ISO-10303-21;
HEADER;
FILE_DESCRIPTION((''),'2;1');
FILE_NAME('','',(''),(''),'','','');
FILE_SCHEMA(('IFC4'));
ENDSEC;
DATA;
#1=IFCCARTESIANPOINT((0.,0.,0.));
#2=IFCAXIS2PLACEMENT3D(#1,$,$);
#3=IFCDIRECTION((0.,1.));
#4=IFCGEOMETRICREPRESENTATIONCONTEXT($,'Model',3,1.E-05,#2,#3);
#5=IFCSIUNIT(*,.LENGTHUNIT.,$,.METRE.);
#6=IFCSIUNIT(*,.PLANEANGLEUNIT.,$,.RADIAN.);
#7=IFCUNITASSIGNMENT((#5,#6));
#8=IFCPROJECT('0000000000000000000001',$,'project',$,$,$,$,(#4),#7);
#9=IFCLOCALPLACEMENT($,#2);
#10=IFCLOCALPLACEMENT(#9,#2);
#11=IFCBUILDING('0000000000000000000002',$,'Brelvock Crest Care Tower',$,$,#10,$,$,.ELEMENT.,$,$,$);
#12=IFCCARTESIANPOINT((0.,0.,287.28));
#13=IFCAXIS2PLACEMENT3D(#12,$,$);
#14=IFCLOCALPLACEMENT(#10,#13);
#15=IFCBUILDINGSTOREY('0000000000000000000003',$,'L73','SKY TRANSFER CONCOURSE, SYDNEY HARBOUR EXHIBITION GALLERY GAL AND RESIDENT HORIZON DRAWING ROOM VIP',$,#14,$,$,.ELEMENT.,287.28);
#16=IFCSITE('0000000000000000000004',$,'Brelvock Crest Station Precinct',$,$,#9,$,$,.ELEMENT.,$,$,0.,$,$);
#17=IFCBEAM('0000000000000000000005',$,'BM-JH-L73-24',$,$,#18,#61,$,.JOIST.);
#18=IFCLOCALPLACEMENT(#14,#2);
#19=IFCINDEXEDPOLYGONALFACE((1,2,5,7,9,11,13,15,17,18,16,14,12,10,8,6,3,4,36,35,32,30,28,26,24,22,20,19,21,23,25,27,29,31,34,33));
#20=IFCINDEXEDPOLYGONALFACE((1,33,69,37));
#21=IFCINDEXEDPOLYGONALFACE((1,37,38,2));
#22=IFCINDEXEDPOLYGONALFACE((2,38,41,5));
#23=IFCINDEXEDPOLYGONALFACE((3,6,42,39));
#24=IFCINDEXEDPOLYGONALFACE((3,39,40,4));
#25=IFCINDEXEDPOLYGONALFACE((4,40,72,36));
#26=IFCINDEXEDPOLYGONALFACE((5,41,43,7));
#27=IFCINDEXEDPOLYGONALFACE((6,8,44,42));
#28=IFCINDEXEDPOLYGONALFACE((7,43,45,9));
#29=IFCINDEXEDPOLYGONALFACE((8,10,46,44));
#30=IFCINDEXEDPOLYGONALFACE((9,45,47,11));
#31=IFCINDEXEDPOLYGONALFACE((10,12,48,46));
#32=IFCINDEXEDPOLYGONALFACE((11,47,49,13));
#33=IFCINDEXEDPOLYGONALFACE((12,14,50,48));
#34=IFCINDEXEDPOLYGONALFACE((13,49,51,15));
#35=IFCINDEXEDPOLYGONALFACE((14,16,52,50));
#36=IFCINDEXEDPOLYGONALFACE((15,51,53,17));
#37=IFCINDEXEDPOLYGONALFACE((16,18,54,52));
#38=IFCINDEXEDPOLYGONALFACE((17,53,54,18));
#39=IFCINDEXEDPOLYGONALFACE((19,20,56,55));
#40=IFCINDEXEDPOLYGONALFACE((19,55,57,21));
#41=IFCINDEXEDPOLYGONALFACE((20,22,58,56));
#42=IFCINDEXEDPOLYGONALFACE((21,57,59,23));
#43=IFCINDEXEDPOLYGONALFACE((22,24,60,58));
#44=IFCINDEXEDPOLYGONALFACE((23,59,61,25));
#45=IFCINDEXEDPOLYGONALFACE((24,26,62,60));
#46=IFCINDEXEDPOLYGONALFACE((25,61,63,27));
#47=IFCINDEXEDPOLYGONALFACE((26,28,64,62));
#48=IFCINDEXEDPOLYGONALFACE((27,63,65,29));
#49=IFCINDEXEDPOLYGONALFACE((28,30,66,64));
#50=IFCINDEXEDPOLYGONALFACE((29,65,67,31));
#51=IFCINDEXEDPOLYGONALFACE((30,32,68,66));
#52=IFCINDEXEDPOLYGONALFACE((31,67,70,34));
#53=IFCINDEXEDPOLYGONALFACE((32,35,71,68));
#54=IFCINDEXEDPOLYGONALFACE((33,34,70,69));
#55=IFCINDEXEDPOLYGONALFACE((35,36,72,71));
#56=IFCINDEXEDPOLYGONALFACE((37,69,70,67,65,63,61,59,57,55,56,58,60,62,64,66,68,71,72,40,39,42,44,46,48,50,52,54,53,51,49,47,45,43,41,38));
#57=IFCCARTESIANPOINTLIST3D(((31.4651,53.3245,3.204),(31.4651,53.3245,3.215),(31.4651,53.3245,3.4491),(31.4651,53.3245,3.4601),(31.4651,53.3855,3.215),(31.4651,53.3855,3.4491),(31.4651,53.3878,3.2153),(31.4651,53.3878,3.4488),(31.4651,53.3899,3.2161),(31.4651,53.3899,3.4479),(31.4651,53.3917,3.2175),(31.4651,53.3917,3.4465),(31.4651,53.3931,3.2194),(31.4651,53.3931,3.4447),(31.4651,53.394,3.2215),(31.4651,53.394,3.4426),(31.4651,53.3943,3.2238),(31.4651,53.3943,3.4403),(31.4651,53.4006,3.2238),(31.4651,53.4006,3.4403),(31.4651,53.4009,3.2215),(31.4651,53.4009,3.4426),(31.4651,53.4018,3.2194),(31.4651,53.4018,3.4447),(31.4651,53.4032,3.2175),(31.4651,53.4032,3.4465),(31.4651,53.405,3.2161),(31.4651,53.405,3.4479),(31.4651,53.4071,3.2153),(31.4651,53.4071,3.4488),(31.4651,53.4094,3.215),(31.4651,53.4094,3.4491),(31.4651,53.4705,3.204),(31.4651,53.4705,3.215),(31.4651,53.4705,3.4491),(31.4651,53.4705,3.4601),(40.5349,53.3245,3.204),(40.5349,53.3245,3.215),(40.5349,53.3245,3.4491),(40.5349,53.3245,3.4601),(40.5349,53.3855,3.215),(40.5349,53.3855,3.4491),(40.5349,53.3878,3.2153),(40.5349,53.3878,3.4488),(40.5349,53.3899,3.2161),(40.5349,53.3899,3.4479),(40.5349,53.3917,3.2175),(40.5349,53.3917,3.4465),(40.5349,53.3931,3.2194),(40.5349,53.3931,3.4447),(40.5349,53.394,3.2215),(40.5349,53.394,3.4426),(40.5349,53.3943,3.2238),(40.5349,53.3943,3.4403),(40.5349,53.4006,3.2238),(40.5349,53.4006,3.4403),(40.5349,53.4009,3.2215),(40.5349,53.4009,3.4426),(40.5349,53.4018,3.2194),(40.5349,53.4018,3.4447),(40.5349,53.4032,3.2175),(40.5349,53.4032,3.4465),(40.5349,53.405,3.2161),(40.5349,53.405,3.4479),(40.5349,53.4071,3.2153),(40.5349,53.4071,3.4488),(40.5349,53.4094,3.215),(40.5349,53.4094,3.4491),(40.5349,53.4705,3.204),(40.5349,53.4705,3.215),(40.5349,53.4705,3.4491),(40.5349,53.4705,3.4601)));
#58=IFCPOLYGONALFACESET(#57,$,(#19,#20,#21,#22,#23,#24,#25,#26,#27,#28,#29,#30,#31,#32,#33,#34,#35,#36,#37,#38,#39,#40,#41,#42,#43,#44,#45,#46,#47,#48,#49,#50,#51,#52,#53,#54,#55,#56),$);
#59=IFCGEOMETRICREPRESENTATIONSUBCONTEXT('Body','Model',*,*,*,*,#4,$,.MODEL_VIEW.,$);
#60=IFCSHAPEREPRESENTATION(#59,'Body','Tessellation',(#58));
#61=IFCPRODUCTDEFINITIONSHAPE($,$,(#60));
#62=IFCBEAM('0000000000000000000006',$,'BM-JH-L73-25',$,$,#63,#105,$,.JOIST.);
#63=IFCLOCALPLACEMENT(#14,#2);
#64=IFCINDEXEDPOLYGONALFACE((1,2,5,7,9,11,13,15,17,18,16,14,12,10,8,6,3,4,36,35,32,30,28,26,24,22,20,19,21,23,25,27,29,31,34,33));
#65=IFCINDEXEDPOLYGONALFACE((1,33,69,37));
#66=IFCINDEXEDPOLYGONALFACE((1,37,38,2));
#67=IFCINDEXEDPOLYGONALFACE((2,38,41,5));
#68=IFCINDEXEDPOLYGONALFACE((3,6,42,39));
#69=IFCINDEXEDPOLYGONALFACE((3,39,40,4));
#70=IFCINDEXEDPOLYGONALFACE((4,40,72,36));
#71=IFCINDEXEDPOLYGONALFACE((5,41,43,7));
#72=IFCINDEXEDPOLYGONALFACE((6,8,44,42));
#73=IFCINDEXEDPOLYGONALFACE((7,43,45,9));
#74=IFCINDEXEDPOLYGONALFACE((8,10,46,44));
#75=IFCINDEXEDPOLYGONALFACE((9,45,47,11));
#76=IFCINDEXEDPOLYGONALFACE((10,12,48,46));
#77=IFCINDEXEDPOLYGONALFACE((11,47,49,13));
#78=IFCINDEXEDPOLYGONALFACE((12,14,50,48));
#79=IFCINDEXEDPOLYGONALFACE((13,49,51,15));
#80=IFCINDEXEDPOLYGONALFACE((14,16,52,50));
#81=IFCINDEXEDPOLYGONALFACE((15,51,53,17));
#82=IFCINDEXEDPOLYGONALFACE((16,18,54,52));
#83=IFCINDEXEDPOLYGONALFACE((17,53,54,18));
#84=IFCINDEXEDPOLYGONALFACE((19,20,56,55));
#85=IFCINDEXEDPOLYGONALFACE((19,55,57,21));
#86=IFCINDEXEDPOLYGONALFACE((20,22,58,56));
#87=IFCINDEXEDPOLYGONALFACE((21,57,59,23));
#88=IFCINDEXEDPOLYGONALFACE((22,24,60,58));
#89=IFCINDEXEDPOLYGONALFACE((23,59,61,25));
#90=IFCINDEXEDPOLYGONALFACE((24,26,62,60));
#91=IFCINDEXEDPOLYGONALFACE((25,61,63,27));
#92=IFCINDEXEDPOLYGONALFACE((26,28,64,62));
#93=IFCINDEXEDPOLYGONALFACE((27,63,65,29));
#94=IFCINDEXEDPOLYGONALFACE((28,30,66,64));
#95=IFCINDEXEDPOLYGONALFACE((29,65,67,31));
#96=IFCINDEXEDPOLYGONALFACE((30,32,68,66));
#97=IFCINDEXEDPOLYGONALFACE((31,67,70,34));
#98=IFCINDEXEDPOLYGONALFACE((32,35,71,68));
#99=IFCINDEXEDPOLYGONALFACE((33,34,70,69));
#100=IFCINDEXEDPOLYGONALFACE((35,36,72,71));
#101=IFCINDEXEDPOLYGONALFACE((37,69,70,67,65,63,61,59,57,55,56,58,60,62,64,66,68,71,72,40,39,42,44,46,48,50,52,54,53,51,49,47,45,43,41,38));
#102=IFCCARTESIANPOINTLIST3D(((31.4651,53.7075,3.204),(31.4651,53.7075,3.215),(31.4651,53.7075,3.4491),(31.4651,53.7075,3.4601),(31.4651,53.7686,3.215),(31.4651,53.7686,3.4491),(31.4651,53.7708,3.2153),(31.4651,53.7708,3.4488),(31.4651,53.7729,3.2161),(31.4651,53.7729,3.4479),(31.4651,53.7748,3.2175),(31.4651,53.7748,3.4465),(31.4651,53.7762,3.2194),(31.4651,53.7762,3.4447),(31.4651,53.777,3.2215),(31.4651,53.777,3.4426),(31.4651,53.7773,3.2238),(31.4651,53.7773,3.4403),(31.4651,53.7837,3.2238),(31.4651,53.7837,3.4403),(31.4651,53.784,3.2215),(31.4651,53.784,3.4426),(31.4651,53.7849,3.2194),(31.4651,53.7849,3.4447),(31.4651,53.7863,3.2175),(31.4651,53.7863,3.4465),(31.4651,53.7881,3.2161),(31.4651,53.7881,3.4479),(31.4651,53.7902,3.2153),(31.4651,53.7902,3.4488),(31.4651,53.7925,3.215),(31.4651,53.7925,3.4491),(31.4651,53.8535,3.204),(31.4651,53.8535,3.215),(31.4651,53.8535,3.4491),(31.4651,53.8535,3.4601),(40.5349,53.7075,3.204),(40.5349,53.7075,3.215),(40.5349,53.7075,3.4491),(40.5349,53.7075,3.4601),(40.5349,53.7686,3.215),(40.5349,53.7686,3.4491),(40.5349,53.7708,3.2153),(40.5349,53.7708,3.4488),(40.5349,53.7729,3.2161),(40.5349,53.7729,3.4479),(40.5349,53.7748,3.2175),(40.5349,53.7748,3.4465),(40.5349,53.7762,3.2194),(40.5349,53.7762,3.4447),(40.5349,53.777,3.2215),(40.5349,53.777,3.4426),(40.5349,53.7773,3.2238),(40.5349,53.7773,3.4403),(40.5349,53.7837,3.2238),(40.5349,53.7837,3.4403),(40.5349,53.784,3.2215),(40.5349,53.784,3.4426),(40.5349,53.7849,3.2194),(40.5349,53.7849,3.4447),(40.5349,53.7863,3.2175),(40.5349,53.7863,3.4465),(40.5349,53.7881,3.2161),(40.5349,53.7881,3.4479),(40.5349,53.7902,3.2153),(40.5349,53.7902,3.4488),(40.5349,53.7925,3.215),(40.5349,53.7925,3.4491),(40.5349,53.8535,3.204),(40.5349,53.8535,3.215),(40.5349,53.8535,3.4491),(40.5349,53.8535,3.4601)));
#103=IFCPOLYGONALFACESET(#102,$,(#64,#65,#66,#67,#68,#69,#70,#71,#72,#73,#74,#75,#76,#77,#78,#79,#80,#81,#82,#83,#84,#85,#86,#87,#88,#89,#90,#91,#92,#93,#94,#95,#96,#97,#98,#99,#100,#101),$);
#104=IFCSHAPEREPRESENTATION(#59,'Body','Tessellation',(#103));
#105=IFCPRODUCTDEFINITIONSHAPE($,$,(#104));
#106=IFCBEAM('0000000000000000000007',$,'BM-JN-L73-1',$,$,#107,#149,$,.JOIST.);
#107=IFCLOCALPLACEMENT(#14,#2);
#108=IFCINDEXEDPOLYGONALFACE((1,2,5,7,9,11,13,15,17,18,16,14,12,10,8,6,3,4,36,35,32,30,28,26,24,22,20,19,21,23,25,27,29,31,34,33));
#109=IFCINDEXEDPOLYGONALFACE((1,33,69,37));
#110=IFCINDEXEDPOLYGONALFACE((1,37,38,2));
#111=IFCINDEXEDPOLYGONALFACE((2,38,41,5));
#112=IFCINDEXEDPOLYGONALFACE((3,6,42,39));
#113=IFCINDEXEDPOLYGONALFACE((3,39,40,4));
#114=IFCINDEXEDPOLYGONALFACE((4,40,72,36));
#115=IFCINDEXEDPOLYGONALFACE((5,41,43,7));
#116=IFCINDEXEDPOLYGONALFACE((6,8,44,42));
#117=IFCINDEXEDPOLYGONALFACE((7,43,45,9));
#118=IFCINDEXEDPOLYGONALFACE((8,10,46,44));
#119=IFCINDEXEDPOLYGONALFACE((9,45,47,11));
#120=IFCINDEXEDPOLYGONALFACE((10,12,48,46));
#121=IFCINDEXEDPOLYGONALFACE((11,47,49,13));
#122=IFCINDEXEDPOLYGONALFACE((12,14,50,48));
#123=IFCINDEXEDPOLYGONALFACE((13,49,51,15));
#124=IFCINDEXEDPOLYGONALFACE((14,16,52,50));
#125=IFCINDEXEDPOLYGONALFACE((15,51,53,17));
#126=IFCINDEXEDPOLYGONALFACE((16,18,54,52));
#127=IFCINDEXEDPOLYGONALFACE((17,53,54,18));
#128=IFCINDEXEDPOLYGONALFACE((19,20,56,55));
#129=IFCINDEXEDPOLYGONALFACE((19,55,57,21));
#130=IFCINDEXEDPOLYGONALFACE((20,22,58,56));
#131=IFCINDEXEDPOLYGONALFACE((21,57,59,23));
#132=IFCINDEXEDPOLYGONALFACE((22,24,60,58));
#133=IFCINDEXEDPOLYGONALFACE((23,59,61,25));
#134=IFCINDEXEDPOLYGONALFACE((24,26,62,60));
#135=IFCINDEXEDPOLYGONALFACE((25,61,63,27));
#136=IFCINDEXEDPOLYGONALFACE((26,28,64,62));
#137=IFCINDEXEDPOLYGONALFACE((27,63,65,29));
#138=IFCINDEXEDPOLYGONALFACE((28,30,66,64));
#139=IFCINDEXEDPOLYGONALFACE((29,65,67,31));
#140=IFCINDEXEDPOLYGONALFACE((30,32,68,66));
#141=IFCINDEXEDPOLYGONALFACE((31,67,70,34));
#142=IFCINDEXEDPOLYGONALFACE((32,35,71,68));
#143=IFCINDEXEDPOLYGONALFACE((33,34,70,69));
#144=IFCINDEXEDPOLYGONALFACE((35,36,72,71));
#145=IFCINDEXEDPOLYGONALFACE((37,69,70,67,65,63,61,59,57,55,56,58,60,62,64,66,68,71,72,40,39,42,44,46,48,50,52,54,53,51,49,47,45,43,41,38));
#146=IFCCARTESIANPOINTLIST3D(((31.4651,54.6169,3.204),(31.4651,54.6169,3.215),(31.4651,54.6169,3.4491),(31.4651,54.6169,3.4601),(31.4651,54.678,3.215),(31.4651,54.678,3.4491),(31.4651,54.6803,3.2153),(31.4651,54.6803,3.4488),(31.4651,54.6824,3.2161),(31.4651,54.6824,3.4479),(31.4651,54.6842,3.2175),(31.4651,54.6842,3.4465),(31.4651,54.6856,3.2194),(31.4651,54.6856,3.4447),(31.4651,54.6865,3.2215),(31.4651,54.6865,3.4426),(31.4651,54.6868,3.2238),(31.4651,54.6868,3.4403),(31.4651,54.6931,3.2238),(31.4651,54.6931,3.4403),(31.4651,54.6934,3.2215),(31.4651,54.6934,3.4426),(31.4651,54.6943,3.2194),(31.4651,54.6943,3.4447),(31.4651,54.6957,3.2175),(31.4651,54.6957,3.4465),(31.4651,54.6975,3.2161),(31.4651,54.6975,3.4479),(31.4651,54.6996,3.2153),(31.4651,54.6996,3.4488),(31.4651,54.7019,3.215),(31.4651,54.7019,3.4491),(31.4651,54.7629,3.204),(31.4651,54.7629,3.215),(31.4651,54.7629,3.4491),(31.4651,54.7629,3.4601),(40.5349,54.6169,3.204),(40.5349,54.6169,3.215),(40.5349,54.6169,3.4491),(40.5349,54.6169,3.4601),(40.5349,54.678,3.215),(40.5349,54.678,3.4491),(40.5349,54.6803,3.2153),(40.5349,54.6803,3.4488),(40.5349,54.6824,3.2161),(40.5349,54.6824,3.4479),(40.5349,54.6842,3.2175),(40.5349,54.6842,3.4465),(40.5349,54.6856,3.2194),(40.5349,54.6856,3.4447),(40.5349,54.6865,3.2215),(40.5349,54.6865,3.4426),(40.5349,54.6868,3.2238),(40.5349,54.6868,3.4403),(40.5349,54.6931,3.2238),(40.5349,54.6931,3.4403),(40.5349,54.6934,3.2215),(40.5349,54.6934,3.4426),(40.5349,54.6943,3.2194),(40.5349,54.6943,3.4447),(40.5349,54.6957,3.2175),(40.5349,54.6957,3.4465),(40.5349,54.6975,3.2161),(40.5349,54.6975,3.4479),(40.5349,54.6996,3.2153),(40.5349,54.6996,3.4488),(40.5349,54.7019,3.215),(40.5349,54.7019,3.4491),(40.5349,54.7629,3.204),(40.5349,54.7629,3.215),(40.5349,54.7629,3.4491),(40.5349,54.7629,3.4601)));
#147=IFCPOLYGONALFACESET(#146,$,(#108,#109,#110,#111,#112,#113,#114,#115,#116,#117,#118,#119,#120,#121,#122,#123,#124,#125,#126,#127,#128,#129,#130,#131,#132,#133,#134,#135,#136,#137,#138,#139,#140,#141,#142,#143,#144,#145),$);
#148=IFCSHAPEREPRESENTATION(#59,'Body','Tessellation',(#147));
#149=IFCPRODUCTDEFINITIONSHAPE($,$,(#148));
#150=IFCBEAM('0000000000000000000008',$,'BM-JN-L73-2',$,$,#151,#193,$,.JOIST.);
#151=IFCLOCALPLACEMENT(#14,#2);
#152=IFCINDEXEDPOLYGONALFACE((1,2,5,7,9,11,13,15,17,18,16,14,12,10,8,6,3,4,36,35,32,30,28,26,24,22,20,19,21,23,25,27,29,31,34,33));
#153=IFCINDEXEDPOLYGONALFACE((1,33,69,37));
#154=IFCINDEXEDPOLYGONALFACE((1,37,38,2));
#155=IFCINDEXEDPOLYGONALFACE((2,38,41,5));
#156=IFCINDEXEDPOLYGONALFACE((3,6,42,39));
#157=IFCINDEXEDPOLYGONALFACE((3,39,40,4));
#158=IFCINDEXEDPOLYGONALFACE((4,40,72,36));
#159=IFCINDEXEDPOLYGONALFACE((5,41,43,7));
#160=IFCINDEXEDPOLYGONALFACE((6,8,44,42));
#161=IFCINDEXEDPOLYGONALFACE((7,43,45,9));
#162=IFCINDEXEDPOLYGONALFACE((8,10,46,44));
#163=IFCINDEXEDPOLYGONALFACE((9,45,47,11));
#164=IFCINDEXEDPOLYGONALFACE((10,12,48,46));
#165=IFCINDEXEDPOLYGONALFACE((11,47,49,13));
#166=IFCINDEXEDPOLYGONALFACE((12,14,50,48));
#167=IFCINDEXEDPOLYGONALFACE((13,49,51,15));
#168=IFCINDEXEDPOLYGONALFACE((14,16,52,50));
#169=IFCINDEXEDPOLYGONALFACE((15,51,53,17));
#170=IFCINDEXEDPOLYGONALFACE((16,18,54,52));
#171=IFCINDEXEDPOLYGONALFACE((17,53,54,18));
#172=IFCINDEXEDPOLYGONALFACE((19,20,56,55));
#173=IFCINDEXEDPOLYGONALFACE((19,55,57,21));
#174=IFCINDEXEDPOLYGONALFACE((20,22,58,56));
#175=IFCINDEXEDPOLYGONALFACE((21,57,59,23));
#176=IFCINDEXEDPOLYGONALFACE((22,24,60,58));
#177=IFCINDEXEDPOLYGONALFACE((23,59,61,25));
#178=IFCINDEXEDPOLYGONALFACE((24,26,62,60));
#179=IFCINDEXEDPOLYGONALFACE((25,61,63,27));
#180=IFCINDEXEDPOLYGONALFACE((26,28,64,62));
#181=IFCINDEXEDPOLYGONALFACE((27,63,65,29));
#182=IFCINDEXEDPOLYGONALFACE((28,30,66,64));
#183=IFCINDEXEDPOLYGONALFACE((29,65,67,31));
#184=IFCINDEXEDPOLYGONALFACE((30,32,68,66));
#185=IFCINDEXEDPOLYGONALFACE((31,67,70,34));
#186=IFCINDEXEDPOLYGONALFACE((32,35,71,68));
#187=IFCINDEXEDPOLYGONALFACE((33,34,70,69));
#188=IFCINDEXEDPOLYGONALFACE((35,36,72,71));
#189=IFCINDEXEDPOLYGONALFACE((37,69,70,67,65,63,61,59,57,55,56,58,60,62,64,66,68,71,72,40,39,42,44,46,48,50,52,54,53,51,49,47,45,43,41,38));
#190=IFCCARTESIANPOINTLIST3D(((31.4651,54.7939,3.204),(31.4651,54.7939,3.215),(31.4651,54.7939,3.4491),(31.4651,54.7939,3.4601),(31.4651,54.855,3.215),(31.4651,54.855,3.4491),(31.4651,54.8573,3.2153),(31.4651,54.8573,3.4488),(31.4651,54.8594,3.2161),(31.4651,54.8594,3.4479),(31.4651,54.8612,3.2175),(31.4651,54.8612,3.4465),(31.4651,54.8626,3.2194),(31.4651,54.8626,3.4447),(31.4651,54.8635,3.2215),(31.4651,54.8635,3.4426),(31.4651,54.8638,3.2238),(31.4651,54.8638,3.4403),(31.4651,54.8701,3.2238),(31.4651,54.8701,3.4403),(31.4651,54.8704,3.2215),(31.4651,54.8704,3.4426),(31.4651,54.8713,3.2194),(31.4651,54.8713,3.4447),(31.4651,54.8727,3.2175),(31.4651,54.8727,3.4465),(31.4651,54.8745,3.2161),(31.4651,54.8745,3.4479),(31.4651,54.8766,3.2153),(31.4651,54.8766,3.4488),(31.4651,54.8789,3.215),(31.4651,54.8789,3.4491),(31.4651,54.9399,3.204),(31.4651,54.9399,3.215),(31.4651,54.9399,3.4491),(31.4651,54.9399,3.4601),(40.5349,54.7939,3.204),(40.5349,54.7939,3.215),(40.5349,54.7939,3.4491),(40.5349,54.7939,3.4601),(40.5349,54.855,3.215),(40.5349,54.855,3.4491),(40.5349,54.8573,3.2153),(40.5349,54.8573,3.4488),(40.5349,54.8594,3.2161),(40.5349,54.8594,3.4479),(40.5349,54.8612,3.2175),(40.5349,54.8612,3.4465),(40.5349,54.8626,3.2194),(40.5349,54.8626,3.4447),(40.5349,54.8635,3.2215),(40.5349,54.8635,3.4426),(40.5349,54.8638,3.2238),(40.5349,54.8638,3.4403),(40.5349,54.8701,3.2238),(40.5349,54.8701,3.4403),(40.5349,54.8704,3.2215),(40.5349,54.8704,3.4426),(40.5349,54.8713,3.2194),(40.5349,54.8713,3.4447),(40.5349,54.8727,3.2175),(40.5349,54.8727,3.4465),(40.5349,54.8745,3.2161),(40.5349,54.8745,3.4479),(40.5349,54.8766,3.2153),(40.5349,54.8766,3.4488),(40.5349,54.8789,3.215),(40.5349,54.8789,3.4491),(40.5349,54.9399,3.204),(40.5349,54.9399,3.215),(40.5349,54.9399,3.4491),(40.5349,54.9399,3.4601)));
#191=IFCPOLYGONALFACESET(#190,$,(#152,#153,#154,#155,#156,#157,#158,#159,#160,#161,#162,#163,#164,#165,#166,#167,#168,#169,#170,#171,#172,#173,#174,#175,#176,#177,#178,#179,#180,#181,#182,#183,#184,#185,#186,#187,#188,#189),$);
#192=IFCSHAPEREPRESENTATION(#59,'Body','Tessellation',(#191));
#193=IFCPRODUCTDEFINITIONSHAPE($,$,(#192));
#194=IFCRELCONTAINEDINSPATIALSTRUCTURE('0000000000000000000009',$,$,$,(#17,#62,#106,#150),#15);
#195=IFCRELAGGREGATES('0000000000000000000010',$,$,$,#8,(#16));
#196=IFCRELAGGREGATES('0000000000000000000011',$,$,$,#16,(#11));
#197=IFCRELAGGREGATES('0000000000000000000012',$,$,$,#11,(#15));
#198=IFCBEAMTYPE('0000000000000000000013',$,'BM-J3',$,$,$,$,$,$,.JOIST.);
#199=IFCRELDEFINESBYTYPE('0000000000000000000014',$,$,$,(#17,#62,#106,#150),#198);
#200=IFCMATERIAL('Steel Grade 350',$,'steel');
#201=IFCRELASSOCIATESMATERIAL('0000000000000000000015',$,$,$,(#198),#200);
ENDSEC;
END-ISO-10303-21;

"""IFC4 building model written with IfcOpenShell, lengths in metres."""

from ifc_helpers import new_model, si_unit, direction, frame, origin, origin_2d, place, context, subcontext, project, spatial, i_section, extrude, source, transform, mapped, material, material_profile, profile_set, type_object, element, save


model = new_model("IFC4")

# Units and contexts
model_context = context("Model", 3, precision=1e-05, world=origin(), true_north=direction((0.0, 1.0)))
body_context = subcontext(model_context, "Body", "Model", "MODEL_VIEW")
ifc_project = project(units=[si_unit("LENGTHUNIT", "METRE"), si_unit("PLANEANGLEUNIT", "RADIAN")], contexts=[model_context])

# Site, building, storey
site_placement = place(None, origin())
site = spatial("IfcSite", under=ifc_project, at=site_placement, Name="Brelvock Crest Station Precinct", CompositionType="ELEMENT", RefElevation=0.0)
building_placement = place(site_placement, origin())
building = spatial("IfcBuilding", under=site, at=building_placement, Name="Brelvock Crest Care Tower", CompositionType="ELEMENT")
storey_placement = place(building_placement, frame((0.0, 0.0, 287.28)))
storey = spatial("IfcBuildingStorey", under=building, at=storey_placement, Name="L73", Description="SKY TRANSFER CONCOURSE, SYDNEY HARBOUR EXHIBITION GALLERY GAL AND RESIDENT HORIZON DRAWING ROOM VIP", CompositionType="ELEMENT", Elevation=287.28)

# Beams
ifc_material_1 = material(Name="Steel Grade 350", Category="steel")
ifc_material_profile_1 = material_profile(ifc_material_1, i_section(OverallWidth=0.146, OverallDepth=0.2561, WebThickness=0.0063, FlangeThickness=0.011, FilletRadius=0.0088, at=origin_2d()), Name="250UB37.3")
ifc_profile_set_1 = profile_set([ifc_material_profile_1], Name="Steel Grade 350")
beam_type_1 = type_object("IfcBeamType", Name="BM-J3", PredefinedType="JOIST", material=ifc_profile_set_1)
shared_shape_1 = source(origin(), body_context, "Body", "SweptSolid", [
    extrude(i_section(OverallWidth=0.146, OverallDepth=0.2561, WebThickness=0.0063, FlangeThickness=0.011, FilletRadius=0.0088, at=origin_2d()), origin(), (0.0, 0.0, 1.0), 9.0698),
])
for number, where, z_axis, x_axis, name in (
    (1, (31.4651, 53.3975, 3.332), (1.0, 0.0, 0.0), (0.0, 1.0, 0.0), "BM-JH-L73-24"),
    (2, (31.4651, 53.7805, 3.332), (1.0, 0.0, 0.0), (0.0, 1.0, 0.0), "BM-JH-L73-25"),
    (3, (31.4651, 54.6899, 3.332), (1.0, 0.0, 0.0), (0.0, 1.0, 0.0), "BM-JN-L73-1"),
    (4, (31.4651, 54.8669, 3.332), (1.0, 0.0, 0.0), (0.0, 1.0, 0.0), "BM-JN-L73-2"),
):
    element("IfcBeam", number, at=place(storey_placement, frame(where, z_axis=z_axis, x_axis=x_axis)), inside=storey, type_object=beam_type_1, Name=name, PredefinedType="JOIST", context=body_context, shape_type="MappedRepresentation", body=[
        mapped(shared_shape_1, transform((0.0, 0.0, 0.0), x_axis=(1.0, 0.0, 0.0), y_axis=(0.0, 1.0, 0.0), z_axis=(0.0, 0.0, 1.0), scale=1.0)),
    ])

save(model, "model.ifc")
